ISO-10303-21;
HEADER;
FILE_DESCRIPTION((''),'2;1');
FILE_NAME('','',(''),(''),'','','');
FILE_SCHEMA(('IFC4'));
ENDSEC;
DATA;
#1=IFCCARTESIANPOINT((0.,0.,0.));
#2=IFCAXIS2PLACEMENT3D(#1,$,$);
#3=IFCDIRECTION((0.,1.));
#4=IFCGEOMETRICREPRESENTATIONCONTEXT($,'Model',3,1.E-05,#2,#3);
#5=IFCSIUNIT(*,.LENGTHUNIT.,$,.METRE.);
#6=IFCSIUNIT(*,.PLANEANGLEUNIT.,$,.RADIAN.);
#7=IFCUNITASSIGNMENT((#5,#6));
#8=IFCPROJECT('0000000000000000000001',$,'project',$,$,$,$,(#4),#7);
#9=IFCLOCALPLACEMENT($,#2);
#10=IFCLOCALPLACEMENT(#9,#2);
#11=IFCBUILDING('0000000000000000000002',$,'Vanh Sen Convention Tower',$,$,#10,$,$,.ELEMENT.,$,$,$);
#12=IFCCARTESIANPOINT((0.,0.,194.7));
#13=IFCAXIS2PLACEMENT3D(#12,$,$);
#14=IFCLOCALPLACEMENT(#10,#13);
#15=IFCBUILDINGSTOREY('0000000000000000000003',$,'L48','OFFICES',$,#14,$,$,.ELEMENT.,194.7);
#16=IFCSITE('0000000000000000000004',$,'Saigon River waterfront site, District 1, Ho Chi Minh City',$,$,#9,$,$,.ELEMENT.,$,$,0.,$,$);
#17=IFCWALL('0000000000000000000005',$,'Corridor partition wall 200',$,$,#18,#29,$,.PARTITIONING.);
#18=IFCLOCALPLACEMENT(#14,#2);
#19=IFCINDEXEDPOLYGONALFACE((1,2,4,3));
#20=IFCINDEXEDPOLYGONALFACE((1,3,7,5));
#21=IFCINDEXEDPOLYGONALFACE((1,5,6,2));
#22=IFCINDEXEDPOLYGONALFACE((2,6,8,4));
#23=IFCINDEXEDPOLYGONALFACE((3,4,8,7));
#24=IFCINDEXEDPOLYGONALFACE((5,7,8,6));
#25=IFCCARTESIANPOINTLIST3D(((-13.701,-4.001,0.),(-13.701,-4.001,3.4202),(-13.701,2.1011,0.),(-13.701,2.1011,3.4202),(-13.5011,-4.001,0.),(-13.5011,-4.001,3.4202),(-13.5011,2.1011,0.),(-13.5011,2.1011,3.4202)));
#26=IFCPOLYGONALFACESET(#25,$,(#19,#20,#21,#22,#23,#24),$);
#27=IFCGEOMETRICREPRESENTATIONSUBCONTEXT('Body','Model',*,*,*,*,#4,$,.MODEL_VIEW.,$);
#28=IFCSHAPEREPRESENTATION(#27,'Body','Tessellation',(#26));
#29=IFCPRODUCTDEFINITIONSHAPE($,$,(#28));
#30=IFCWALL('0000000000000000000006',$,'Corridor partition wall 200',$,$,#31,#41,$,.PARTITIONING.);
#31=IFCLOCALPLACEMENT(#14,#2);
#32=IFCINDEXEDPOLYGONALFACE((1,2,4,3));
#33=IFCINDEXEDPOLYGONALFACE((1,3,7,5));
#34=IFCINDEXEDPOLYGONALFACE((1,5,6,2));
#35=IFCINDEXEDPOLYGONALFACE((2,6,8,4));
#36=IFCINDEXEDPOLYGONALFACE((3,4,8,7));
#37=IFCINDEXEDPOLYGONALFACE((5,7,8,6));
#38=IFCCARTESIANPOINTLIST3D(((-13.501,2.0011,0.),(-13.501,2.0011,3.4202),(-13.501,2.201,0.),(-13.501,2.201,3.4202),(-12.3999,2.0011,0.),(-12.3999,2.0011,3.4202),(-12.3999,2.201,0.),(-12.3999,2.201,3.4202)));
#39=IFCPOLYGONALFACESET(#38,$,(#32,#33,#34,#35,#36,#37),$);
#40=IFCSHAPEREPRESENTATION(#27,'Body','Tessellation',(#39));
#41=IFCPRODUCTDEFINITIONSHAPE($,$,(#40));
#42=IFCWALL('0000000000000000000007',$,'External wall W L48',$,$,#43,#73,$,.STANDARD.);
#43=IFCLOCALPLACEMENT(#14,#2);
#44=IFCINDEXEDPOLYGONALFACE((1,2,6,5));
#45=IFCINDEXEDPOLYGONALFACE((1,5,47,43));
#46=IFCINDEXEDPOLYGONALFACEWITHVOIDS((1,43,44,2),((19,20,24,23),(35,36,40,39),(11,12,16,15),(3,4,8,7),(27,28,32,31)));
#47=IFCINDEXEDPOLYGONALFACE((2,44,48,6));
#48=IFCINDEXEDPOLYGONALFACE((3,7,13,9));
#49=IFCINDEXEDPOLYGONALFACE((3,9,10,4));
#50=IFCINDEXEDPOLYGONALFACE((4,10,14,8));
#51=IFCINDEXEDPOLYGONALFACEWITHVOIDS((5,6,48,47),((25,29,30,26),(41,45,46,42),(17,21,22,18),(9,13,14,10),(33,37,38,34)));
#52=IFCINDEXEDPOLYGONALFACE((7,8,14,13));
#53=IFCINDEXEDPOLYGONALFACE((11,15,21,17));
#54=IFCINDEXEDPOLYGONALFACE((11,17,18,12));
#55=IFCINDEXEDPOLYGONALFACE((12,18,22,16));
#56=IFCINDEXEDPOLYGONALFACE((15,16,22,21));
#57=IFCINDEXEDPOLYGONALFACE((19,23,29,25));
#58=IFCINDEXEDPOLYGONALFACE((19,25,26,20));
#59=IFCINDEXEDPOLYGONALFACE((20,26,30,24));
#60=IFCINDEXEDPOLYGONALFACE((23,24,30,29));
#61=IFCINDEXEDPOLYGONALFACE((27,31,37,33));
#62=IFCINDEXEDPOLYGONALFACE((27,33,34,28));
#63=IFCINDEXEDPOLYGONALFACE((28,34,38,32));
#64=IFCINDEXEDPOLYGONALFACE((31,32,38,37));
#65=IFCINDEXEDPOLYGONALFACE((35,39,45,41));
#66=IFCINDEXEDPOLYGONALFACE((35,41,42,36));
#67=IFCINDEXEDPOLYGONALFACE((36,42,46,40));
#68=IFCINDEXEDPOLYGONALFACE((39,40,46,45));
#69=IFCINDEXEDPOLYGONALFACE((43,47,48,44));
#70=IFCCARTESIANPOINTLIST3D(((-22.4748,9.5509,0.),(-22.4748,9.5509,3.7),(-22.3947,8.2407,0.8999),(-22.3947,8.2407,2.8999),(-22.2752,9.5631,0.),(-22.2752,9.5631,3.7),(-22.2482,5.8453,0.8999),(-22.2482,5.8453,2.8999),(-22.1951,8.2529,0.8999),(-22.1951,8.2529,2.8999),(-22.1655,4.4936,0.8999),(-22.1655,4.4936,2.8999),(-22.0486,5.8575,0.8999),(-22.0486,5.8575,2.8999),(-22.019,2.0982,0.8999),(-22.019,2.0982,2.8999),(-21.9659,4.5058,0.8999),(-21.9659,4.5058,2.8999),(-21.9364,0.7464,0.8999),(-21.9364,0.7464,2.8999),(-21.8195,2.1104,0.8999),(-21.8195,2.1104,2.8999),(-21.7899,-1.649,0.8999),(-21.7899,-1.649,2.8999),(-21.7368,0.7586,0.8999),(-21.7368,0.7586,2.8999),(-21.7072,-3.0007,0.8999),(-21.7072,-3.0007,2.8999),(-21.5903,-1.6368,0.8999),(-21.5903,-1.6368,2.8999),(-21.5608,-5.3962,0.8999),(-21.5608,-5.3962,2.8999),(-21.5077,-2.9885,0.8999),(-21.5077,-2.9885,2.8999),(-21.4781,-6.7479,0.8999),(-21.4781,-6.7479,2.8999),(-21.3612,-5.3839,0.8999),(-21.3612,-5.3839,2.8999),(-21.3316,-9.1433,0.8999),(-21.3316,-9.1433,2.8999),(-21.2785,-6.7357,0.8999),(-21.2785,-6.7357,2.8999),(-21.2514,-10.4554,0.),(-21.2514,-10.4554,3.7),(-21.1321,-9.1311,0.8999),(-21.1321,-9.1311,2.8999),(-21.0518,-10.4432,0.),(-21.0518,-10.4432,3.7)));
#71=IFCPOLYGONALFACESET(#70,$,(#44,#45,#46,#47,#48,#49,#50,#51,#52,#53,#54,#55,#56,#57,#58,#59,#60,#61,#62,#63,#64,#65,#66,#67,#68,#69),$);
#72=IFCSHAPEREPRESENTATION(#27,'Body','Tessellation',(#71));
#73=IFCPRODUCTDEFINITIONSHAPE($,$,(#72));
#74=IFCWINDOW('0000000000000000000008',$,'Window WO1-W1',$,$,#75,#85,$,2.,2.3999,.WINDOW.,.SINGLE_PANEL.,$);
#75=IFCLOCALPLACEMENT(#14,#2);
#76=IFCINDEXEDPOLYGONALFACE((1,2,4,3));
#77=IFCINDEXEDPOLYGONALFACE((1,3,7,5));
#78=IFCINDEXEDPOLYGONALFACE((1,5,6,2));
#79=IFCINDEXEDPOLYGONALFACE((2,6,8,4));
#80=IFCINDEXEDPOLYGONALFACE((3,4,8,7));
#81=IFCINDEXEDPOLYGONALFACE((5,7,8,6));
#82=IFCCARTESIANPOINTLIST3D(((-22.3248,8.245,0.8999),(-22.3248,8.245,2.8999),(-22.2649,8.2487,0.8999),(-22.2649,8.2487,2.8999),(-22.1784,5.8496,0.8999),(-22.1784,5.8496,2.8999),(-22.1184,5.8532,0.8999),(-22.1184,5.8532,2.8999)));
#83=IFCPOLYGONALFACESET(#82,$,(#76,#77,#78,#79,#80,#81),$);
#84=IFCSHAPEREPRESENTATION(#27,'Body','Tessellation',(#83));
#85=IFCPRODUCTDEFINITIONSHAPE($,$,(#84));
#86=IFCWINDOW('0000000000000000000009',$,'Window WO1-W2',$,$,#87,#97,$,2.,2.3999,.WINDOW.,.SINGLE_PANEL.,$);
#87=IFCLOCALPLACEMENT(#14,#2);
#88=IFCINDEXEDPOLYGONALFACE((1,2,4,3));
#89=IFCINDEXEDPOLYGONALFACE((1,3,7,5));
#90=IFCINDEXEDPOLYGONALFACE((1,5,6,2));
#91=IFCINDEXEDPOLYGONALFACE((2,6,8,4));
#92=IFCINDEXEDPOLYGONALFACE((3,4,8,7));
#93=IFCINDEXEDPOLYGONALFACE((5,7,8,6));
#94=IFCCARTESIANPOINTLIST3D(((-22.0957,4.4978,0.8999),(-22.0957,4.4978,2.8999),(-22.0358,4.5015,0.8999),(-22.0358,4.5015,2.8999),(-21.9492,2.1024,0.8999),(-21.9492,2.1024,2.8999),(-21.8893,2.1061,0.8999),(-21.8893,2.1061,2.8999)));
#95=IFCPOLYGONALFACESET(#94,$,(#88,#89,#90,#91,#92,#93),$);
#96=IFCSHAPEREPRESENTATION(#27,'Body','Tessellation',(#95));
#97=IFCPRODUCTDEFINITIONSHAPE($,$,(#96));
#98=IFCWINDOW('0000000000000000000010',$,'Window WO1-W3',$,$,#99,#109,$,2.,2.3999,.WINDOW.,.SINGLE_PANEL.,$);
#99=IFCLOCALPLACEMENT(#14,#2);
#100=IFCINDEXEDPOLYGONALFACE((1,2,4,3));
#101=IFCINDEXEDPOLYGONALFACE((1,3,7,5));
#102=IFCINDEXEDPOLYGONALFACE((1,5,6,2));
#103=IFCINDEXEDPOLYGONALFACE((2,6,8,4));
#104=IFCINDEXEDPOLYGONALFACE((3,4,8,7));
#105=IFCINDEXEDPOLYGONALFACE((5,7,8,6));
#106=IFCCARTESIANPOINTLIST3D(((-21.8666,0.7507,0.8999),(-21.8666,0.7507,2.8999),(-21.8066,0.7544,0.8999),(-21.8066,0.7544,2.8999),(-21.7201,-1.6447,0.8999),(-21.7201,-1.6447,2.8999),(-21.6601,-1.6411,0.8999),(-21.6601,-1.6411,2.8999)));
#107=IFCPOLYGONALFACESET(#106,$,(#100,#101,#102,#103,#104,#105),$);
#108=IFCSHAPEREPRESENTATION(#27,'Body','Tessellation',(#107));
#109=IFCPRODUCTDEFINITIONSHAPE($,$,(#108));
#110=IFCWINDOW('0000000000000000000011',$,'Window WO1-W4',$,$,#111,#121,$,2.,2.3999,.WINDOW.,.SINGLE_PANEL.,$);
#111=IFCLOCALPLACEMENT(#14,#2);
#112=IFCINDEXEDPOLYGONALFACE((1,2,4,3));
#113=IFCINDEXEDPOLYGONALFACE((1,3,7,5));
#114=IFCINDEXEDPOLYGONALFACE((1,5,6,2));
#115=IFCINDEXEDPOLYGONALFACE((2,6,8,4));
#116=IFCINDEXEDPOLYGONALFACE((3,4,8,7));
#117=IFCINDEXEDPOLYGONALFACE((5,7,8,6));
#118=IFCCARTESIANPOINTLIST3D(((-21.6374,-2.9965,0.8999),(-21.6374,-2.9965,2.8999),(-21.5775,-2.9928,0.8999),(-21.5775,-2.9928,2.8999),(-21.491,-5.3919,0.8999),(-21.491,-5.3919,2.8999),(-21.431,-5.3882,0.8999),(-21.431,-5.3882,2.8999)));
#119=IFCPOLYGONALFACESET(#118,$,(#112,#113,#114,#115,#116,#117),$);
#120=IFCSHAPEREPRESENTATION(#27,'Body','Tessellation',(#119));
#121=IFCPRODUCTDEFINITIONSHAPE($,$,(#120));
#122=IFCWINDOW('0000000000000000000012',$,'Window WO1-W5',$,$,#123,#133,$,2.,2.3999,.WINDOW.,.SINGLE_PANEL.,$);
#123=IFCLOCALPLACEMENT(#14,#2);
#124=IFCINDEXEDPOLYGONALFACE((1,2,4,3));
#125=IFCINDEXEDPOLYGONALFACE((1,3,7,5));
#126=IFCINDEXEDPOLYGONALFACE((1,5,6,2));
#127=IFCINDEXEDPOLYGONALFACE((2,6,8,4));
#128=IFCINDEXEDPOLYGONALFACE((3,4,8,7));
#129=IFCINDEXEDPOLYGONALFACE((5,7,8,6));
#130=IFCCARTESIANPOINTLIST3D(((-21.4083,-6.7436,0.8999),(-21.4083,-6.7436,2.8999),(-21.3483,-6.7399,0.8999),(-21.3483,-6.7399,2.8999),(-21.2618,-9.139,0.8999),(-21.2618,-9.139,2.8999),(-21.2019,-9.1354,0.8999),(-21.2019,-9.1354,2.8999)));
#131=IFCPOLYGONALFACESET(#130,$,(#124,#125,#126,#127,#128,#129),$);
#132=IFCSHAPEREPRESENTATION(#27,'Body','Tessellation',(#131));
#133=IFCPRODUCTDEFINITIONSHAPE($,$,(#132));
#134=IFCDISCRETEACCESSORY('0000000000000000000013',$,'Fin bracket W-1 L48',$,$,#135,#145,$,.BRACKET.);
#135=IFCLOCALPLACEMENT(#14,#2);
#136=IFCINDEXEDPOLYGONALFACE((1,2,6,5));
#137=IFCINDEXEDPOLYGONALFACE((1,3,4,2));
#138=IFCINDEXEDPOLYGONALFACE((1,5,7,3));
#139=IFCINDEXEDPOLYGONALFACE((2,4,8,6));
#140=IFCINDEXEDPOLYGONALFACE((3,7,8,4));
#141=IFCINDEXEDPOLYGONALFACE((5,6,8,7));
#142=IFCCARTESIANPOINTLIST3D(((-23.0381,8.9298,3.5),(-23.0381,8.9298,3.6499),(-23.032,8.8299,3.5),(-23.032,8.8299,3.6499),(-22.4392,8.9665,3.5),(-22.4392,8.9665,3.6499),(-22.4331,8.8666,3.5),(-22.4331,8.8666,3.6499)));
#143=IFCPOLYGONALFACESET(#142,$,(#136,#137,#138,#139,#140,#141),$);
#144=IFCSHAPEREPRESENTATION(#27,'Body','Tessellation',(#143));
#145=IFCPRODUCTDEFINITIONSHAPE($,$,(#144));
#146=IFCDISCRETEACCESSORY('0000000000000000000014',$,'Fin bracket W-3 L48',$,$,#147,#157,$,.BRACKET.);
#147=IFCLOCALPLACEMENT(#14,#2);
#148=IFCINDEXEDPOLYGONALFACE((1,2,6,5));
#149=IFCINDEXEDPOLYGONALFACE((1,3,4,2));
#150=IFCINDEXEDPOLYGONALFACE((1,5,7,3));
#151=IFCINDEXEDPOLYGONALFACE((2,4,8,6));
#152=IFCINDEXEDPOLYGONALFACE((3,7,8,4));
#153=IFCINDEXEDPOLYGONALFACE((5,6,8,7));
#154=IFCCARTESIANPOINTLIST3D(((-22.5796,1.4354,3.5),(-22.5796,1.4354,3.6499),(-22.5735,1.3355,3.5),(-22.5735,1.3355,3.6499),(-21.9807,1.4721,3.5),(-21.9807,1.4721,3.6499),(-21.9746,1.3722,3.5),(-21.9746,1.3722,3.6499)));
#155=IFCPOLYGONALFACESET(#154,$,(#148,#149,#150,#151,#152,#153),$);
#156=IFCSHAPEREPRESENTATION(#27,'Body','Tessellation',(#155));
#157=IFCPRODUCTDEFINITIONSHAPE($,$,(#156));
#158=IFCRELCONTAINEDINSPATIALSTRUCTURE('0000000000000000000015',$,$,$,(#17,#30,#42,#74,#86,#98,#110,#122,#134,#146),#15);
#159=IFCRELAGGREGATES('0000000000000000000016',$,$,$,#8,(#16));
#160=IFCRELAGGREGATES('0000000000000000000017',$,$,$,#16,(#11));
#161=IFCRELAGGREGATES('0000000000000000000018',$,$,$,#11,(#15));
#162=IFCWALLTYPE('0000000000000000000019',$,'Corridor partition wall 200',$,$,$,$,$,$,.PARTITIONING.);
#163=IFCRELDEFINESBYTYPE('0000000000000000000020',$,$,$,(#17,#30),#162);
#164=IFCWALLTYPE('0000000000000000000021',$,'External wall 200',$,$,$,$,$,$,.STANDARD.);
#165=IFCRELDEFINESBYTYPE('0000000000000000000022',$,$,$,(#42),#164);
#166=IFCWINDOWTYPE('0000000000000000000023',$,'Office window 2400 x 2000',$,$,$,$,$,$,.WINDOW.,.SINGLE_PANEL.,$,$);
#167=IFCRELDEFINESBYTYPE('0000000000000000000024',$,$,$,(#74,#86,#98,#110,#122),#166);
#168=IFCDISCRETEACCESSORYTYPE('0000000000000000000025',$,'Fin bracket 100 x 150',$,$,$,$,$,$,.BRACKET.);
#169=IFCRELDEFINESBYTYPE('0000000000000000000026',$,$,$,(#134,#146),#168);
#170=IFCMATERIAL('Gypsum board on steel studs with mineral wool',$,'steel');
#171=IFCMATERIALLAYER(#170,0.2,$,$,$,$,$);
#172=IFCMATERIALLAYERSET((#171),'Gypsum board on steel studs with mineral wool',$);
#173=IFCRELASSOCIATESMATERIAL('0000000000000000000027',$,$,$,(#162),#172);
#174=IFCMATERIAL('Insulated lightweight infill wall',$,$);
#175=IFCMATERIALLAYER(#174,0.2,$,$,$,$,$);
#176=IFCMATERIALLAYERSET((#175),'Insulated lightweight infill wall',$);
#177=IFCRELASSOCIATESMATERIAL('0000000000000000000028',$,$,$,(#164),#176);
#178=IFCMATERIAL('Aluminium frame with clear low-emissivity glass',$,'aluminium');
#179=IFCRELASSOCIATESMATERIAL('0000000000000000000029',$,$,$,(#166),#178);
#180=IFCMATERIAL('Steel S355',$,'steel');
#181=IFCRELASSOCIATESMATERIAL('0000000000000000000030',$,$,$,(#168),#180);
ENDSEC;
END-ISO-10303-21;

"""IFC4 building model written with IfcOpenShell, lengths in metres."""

from ifc_helpers import new_model, si_unit, direction, frame, frame_2d, origin, origin_2d, place, context, subcontext, project, spatial, rectangle, extrude, material, layer, layer_set, type_object, element, fill, save


model = new_model("IFC4")

# Units and contexts
model_context = context("Model", 3, precision=1e-05, world=origin(), true_north=direction((0.0, 1.0)))
body_context = subcontext(model_context, "Body", "Model", "MODEL_VIEW")
ifc_project = project(units=[si_unit("LENGTHUNIT", "METRE"), si_unit("PLANEANGLEUNIT", "RADIAN")], contexts=[model_context])

# Site, building, storey
site_placement = place(None, origin())
site = spatial("IfcSite", under=ifc_project, at=site_placement, Name="Saigon River waterfront site, District 1, Ho Chi Minh City", CompositionType="ELEMENT", RefElevation=0.0)
building_placement = place(site_placement, origin())
building = spatial("IfcBuilding", under=site, at=building_placement, Name="Vanh Sen Convention Tower", CompositionType="ELEMENT")
storey_placement = place(building_placement, frame((0.0, 0.0, 194.7)))
storey = spatial("IfcBuildingStorey", under=building, at=storey_placement, Name="L48", Description="OFFICES", CompositionType="ELEMENT", Elevation=194.7)

# Walls
ifc_material_1 = material(Name="Gypsum board on steel studs with mineral wool", Category="steel")
ifc_layer_1 = layer(ifc_material_1, 0.2)
ifc_layer_set_1 = layer_set([ifc_layer_1], Name="Gypsum board on steel studs with mineral wool")
wall_type_1 = type_object("IfcWallType", Name="Corridor partition wall 200", PredefinedType="PARTITIONING", material=ifc_layer_set_1)
wall_1_placement = place(storey_placement, frame((-13.6011, 2.1011, 0.0), z_axis=(0.0, 0.0, 1.0), x_axis=(0.0, -1.0, 0.0)))
element("IfcWall", 1, at=wall_1_placement, inside=storey, type_object=wall_type_1, Name="Corridor partition wall 200", PredefinedType="PARTITIONING", context=body_context, shape_type="SweptSolid", body=[
    extrude(rectangle(XDim=6.1021, YDim=0.2, at=frame_2d((3.051, 0.0))), origin(), (0.0, 0.0, 1.0), 3.4202),
])
wall_2_placement = place(storey_placement, frame((-12.3999, 2.1011, 0.0), z_axis=(0.0, 0.0, 1.0), x_axis=(-1.0, 0.0, 0.0)))
element("IfcWall", 2, at=wall_2_placement, inside=storey, type_object=wall_type_1, Name="Corridor partition wall 200", PredefinedType="PARTITIONING", context=body_context, shape_type="SweptSolid", body=[
    extrude(rectangle(XDim=1.1011, YDim=0.2, at=frame_2d((0.5505, 0.0))), origin(), (0.0, 0.0, 1.0), 3.4202),
])

# Wall, openings, windows
ifc_material_2 = material(Name="Insulated lightweight infill wall")
ifc_layer_2 = layer(ifc_material_2, 0.2)
ifc_layer_set_2 = layer_set([ifc_layer_2], Name="Insulated lightweight infill wall")
wall_type_2 = type_object("IfcWallType", Name="External wall 200", PredefinedType="STANDARD", material=ifc_layer_set_2)
wall_3_placement = place(storey_placement, frame((-22.375, 9.5571, 0.0), z_axis=(0.0, 0.0, 1.0), x_axis=(0.061036, -0.998136, 0.0)))
wall_3 = element("IfcWall", 3, at=wall_3_placement, inside=storey, type_object=wall_type_2, Name="External wall W L48", PredefinedType="STANDARD", context=body_context, shape_type="SweptSolid", body=[
    extrude(rectangle(XDim=20.0437, YDim=0.2, at=frame_2d((10.022, 0.0))), origin(), (0.0, 0.0, 1.0), 3.7),
])
opening_1_placement = place(wall_3_placement, frame((1.3127, 0.0, 0.8999)))
opening_1 = element("IfcOpeningElement", 4, at=opening_1_placement, cuts=wall_3, PredefinedType="OPENING", context=body_context, shape_type="SweptSolid", body=[
    extrude(rectangle(XDim=2.3999, YDim=2.0, at=frame_2d((1.2, 1.0))), frame((0.0, 0.1099, 0.0), z_axis=(0.0, -1.0, 0.0), x_axis=(1.0, 0.0, 0.0)), (0.0, 0.0, 1.0), 0.22),
])
opening_2_placement = place(wall_3_placement, frame((5.0669, 0.0, 0.8999)))
opening_2 = element("IfcOpeningElement", 5, at=opening_2_placement, cuts=wall_3, PredefinedType="OPENING", context=body_context, shape_type="SweptSolid", body=[
    extrude(rectangle(XDim=2.3999, YDim=2.0, at=frame_2d((1.2, 1.0))), frame((0.0, 0.1099, 0.0), z_axis=(0.0, -1.0, 0.0), x_axis=(1.0, 0.0, 0.0)), (0.0, 0.0, 1.0), 0.22),
])
opening_3_placement = place(wall_3_placement, frame((8.821, 0.0, 0.8999)))
opening_3 = element("IfcOpeningElement", 6, at=opening_3_placement, cuts=wall_3, PredefinedType="OPENING", context=body_context, shape_type="SweptSolid", body=[
    extrude(rectangle(XDim=2.3999, YDim=2.0, at=frame_2d((1.2, 1.0))), frame((0.0, 0.1099, 0.0), z_axis=(0.0, -1.0, 0.0), x_axis=(1.0, 0.0, 0.0)), (0.0, 0.0, 1.0), 0.22),
])
opening_4_placement = place(wall_3_placement, frame((12.5752, 0.0, 0.8999)))
opening_4 = element("IfcOpeningElement", 7, at=opening_4_placement, cuts=wall_3, PredefinedType="OPENING", context=body_context, shape_type="SweptSolid", body=[
    extrude(rectangle(XDim=2.3999, YDim=2.0, at=frame_2d((1.2, 1.0))), frame((0.0, 0.1099, 0.0), z_axis=(0.0, -1.0, 0.0), x_axis=(1.0, 0.0, 0.0)), (0.0, 0.0, 1.0), 0.22),
])
opening_5_placement = place(wall_3_placement, frame((16.3293, 0.0, 0.8999)))
opening_5 = element("IfcOpeningElement", 8, at=opening_5_placement, cuts=wall_3, PredefinedType="OPENING", context=body_context, shape_type="SweptSolid", body=[
    extrude(rectangle(XDim=2.3999, YDim=2.0, at=frame_2d((1.2, 1.0))), frame((0.0, 0.1099, 0.0), z_axis=(0.0, -1.0, 0.0), x_axis=(1.0, 0.0, 0.0)), (0.0, 0.0, 1.0), 0.22),
])
ifc_material_3 = material(Name="Aluminium frame with clear low-emissivity glass", Category="aluminium")
window_type = type_object("IfcWindowType", Name="Office window 2400 x 2000", PartitioningType="SINGLE_PANEL", PredefinedType="WINDOW", material=ifc_material_3)
window_1_placement = place(opening_1_placement, origin())
window_1 = element("IfcWindow", 9, at=window_1_placement, inside=storey, type_object=window_type, Name="Window WO1-W1", OverallHeight=2.0, OverallWidth=2.3999, PartitioningType="SINGLE_PANEL", PredefinedType="WINDOW", context=body_context, shape_type="SweptSolid", body=[
    extrude(rectangle(XDim=2.3999, YDim=2.0, at=frame_2d((1.2, 1.0))), frame((0.0, 0.03, 0.0), z_axis=(0.0, -1.0, 0.0), x_axis=(1.0, 0.0, 0.0)), (0.0, 0.0, 1.0), 0.0601),
])
fill(opening_1, window_1)
window_2_placement = place(opening_2_placement, origin())
window_2 = element("IfcWindow", 10, at=window_2_placement, inside=storey, type_object=window_type, Name="Window WO1-W2", OverallHeight=2.0, OverallWidth=2.3999, PartitioningType="SINGLE_PANEL", PredefinedType="WINDOW", context=body_context, shape_type="SweptSolid", body=[
    extrude(rectangle(XDim=2.3999, YDim=2.0, at=frame_2d((1.2, 1.0))), frame((0.0, 0.03, 0.0), z_axis=(0.0, -1.0, 0.0), x_axis=(1.0, 0.0, 0.0)), (0.0, 0.0, 1.0), 0.0601),
])
fill(opening_2, window_2)
window_3_placement = place(opening_3_placement, origin())
window_3 = element("IfcWindow", 11, at=window_3_placement, inside=storey, type_object=window_type, Name="Window WO1-W3", OverallHeight=2.0, OverallWidth=2.3999, PartitioningType="SINGLE_PANEL", PredefinedType="WINDOW", context=body_context, shape_type="SweptSolid", body=[
    extrude(rectangle(XDim=2.3999, YDim=2.0, at=frame_2d((1.2, 1.0))), frame((0.0, 0.03, 0.0), z_axis=(0.0, -1.0, 0.0), x_axis=(1.0, 0.0, 0.0)), (0.0, 0.0, 1.0), 0.0601),
])
fill(opening_3, window_3)
window_4_placement = place(opening_4_placement, origin())
window_4 = element("IfcWindow", 12, at=window_4_placement, inside=storey, type_object=window_type, Name="Window WO1-W4", OverallHeight=2.0, OverallWidth=2.3999, PartitioningType="SINGLE_PANEL", PredefinedType="WINDOW", context=body_context, shape_type="SweptSolid", body=[
    extrude(rectangle(XDim=2.3999, YDim=2.0, at=frame_2d((1.2, 1.0))), frame((0.0, 0.03, 0.0), z_axis=(0.0, -1.0, 0.0), x_axis=(1.0, 0.0, 0.0)), (0.0, 0.0, 1.0), 0.0601),
])
fill(opening_4, window_4)
window_5_placement = place(opening_5_placement, origin())
window_5 = element("IfcWindow", 13, at=window_5_placement, inside=storey, type_object=window_type, Name="Window WO1-W5", OverallHeight=2.0, OverallWidth=2.3999, PartitioningType="SINGLE_PANEL", PredefinedType="WINDOW", context=body_context, shape_type="SweptSolid", body=[
    extrude(rectangle(XDim=2.3999, YDim=2.0, at=frame_2d((1.2, 1.0))), frame((0.0, 0.03, 0.0), z_axis=(0.0, -1.0, 0.0), x_axis=(1.0, 0.0, 0.0)), (0.0, 0.0, 1.0), 0.0601),
])
fill(opening_5, window_5)

# Discrete accessories
ifc_material_4 = material(Name="Steel S355", Category="steel")
discrete_accessory_type = type_object("IfcDiscreteAccessoryType", Name="Fin bracket 100 x 150", PredefinedType="BRACKET", material=ifc_material_4)
for number, where, z_axis, x_axis, name in (
    (14, (-22.7356, 8.8982, 3.5), (0.0, 0.0, 1.0), (-0.998135, -0.061049, 0.0), "Fin bracket W-1 L48"),
    (15, (-22.2771, 1.4038, 3.5), (0.0, 0.0, 1.0), (-0.998135, -0.061049, 0.0), "Fin bracket W-3 L48"),
):
    element("IfcDiscreteAccessory", number, at=place(storey_placement, frame(where, z_axis=z_axis, x_axis=x_axis)), inside=storey, type_object=discrete_accessory_type, Name=name, PredefinedType="BRACKET", context=body_context, shape_type="SweptSolid", body=[
        extrude(rectangle(XDim=0.6001, YDim=0.1001, at=origin_2d()), origin(), (0.0, 0.0, 1.0), 0.1499),
    ])

save(model, "model.ifc")
